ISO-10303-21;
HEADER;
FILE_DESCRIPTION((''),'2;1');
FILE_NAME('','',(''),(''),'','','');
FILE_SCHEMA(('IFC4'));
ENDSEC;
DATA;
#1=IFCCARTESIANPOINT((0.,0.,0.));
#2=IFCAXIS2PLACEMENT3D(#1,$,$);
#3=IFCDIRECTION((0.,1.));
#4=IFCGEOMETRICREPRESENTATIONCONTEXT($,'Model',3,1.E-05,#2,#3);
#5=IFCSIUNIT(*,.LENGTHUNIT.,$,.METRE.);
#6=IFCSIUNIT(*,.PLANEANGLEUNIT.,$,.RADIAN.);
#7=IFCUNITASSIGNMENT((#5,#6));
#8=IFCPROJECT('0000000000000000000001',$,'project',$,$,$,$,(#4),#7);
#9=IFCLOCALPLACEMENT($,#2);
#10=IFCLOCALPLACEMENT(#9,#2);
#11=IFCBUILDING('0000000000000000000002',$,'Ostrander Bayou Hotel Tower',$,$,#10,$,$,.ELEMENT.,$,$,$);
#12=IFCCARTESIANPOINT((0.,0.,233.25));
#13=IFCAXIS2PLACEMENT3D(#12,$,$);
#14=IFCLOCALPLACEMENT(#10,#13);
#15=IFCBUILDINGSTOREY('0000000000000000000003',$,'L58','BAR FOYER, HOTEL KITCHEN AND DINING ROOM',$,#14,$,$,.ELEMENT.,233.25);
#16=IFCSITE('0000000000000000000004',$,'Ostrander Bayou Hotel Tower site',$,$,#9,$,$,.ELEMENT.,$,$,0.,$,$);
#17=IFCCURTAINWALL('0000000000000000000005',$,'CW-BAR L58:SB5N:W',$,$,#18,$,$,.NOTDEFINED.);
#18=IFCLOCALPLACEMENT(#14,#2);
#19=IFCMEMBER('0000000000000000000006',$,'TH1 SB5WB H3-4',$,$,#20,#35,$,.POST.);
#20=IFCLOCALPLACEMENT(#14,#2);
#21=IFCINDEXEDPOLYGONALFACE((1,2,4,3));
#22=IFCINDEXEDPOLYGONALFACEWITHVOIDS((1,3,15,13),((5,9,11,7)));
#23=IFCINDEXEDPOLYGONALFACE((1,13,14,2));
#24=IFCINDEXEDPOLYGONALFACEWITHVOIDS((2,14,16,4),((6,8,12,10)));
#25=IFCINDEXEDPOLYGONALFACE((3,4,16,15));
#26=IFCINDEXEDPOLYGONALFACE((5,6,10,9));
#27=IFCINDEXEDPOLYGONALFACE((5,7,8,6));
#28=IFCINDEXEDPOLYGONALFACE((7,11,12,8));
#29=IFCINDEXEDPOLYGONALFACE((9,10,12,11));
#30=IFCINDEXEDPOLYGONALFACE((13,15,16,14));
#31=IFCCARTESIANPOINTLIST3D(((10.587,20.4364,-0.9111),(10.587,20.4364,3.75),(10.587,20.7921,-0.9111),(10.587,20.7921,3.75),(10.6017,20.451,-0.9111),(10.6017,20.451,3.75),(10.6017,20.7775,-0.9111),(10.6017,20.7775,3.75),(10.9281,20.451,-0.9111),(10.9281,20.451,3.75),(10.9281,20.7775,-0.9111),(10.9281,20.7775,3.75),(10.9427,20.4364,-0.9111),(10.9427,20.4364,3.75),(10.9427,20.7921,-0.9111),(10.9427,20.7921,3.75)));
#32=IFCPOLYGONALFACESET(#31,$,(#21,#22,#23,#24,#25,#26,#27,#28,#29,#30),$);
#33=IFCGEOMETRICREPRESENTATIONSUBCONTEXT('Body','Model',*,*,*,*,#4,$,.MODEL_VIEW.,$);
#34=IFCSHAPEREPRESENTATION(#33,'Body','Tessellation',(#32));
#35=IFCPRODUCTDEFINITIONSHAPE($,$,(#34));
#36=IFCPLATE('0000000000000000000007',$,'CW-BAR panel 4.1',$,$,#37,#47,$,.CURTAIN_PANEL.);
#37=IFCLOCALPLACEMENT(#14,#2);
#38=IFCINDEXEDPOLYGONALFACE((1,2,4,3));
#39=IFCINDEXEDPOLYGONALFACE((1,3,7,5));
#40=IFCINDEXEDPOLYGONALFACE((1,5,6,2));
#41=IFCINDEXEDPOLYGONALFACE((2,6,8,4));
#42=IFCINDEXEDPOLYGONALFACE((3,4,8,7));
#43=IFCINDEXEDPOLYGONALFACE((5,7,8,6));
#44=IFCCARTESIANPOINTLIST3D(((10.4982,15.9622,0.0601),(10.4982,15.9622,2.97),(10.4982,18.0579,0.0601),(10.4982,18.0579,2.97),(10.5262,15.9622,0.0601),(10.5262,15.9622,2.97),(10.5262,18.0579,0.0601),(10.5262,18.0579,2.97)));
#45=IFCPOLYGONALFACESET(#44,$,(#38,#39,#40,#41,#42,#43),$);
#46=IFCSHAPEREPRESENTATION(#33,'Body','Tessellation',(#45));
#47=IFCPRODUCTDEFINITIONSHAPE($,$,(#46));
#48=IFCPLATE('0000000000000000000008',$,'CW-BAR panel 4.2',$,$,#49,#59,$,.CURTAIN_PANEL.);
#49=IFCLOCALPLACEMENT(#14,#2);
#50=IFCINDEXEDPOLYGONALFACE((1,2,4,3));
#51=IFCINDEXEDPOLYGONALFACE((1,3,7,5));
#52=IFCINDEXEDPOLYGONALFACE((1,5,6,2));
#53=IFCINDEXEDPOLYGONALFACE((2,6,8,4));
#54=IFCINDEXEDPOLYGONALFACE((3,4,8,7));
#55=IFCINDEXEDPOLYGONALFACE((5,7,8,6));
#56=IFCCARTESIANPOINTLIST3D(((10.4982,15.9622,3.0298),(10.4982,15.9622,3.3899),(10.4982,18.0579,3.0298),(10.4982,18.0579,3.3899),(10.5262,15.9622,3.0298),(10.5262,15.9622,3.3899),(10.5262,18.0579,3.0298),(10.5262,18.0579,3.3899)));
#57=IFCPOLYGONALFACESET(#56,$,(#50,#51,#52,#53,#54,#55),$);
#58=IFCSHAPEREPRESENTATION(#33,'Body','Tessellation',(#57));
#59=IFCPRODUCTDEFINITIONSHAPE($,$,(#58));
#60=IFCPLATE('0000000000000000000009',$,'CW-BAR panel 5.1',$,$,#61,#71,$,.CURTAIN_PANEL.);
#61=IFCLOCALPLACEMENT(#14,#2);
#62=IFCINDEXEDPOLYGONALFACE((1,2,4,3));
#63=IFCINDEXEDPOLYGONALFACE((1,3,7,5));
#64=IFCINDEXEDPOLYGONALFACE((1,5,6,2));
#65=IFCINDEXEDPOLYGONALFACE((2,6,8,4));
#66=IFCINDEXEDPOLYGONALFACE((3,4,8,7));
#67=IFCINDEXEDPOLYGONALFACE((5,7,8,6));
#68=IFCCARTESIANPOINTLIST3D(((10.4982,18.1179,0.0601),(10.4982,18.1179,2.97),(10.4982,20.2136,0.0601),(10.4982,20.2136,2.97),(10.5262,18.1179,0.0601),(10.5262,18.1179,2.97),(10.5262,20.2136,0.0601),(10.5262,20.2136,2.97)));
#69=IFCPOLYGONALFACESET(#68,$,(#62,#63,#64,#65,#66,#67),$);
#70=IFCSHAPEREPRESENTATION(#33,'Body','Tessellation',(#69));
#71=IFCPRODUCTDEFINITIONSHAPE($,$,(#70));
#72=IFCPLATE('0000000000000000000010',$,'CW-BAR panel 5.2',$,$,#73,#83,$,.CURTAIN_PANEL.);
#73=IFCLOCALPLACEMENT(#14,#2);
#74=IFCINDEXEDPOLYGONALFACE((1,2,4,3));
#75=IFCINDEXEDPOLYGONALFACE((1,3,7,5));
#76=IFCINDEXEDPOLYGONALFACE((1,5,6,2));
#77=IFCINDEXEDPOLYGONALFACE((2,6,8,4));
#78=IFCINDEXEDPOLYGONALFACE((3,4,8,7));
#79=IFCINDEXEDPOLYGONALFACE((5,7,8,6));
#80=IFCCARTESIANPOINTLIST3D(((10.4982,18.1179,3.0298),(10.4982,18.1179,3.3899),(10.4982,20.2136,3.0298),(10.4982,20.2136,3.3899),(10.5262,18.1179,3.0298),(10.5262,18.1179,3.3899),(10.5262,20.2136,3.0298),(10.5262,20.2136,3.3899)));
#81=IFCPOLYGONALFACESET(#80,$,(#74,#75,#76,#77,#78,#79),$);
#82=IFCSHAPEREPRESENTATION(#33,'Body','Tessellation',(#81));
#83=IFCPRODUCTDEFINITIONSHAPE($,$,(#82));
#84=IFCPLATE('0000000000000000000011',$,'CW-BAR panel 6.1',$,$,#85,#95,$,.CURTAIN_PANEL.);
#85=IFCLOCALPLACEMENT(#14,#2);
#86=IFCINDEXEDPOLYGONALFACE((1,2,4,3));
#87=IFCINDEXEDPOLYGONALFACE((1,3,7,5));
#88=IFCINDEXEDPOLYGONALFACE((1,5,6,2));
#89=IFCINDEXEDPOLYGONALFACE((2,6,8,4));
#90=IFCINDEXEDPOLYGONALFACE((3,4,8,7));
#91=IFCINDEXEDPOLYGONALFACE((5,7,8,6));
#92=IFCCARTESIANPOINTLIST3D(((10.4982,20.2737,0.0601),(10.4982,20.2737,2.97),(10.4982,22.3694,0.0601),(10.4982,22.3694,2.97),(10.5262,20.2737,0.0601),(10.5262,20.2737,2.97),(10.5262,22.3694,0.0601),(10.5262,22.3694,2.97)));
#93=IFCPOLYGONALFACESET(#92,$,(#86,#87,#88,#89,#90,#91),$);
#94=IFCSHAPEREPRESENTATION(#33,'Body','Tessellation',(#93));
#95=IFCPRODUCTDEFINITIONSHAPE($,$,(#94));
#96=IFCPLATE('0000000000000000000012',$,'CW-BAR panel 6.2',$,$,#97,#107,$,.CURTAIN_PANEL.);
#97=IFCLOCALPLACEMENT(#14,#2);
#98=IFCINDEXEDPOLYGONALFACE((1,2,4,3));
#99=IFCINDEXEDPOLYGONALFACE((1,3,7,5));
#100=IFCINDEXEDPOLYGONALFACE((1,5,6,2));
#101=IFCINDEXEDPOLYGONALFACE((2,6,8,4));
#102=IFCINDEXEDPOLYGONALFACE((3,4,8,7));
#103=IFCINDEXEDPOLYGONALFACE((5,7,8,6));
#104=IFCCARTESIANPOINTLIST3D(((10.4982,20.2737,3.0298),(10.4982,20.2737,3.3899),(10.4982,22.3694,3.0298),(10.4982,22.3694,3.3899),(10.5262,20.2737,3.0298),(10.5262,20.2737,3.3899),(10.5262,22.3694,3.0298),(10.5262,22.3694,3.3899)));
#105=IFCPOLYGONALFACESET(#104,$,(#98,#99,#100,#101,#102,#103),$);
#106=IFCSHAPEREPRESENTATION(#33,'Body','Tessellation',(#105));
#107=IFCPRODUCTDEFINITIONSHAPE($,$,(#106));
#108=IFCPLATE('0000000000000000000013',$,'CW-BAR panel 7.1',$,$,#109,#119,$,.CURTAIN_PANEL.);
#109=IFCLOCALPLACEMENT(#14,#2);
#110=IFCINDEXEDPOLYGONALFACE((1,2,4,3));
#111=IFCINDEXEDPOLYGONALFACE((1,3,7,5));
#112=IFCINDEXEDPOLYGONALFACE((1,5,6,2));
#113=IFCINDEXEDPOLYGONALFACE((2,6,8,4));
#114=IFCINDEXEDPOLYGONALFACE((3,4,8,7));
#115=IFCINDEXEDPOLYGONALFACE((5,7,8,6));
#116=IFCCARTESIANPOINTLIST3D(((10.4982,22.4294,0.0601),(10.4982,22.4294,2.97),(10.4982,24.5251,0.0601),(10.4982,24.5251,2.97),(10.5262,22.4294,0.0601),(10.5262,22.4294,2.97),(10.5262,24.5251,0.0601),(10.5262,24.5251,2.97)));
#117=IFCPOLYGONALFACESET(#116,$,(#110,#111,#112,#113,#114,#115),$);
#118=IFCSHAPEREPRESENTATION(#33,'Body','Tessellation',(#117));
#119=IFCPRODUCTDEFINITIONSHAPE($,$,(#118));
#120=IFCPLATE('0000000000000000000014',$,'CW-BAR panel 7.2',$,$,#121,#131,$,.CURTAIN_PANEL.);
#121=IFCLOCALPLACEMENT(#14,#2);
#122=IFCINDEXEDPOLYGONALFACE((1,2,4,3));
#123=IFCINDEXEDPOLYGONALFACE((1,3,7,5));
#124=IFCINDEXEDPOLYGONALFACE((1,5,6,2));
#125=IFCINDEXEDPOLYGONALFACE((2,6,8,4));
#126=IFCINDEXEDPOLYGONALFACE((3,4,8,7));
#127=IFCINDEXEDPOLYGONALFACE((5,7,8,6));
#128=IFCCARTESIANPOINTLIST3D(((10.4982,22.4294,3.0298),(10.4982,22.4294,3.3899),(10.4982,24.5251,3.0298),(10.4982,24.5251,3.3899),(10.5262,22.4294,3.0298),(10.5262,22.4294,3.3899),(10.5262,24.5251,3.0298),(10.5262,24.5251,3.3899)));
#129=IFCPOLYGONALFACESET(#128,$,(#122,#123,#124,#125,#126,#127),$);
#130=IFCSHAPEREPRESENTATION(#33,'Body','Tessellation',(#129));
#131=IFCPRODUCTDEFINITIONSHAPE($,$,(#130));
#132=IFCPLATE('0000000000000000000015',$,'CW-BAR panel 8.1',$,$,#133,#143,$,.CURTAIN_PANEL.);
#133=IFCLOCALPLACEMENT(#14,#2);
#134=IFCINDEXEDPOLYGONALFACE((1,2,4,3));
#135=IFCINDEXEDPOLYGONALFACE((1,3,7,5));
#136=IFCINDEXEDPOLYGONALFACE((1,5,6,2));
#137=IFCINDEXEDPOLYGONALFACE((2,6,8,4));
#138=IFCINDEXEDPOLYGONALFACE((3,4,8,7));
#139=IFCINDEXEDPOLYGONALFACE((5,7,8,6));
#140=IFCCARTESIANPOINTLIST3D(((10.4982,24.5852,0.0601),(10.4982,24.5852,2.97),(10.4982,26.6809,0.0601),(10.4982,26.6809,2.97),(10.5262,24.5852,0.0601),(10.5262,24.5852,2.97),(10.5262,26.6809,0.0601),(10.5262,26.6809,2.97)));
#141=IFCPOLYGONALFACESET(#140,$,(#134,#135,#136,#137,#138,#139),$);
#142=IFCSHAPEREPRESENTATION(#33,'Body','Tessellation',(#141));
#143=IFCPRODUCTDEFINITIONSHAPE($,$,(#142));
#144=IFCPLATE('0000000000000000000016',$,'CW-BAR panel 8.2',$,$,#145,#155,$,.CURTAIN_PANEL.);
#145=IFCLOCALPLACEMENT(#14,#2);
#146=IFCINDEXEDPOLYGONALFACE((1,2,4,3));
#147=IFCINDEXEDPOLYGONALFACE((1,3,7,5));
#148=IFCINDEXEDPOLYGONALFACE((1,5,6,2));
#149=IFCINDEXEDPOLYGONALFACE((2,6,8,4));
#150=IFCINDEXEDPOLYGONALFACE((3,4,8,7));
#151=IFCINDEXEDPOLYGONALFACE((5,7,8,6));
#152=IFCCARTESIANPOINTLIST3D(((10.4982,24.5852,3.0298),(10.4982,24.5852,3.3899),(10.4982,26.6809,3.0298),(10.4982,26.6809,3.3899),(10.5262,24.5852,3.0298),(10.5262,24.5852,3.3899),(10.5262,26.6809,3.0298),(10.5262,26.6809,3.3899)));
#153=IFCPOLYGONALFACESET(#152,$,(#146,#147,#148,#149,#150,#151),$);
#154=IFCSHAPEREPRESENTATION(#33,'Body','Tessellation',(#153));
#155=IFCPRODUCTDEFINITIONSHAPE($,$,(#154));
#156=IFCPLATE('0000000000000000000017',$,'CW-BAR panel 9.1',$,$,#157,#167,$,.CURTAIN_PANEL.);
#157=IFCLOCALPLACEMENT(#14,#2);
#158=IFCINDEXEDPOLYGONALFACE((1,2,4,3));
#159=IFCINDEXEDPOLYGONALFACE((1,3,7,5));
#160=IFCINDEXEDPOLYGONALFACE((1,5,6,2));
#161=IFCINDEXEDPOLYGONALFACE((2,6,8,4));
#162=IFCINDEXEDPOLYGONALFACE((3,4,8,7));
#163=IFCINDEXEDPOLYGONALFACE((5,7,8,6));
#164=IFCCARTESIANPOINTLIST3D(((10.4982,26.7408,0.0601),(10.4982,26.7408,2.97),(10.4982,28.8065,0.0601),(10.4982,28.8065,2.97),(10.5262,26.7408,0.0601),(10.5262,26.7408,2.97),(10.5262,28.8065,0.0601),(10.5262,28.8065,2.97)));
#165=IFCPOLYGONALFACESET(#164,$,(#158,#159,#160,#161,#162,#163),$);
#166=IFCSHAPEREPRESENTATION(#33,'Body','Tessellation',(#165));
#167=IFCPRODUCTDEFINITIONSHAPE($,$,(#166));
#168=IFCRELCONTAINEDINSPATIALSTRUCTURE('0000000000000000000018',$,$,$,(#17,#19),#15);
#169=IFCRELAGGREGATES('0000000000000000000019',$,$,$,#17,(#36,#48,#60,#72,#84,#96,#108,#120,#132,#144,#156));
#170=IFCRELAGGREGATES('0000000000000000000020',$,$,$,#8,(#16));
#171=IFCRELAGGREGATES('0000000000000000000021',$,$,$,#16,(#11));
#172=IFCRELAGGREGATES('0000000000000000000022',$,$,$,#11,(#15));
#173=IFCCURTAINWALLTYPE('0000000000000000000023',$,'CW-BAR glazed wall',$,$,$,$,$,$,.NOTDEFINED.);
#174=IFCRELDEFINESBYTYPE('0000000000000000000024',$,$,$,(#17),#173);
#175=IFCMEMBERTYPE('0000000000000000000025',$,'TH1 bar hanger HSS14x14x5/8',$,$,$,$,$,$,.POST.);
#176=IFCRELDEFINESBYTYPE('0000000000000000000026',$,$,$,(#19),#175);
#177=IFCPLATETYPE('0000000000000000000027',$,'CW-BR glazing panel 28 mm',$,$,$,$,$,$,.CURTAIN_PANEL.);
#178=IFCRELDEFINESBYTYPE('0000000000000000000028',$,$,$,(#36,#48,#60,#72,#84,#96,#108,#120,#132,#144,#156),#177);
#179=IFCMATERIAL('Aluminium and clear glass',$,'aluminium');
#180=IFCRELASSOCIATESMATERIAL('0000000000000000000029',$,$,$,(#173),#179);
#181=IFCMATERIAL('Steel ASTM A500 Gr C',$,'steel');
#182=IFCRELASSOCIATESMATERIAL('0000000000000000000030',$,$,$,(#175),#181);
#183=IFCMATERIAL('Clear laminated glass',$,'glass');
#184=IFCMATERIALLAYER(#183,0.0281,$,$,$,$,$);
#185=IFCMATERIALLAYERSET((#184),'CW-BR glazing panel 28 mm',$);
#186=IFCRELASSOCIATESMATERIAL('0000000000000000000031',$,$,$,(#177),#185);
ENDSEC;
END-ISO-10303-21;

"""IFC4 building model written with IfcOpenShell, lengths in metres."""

from ifc_helpers import new_model, si_unit, direction, frame, origin, origin_2d, place, context, subcontext, project, spatial, rectangle, hollow_rectangle, extrude, material, layer, layer_set, material_profile, profile_set, type_object, element, aggregate, save


model = new_model("IFC4")

# Units and contexts
model_context = context("Model", 3, precision=1e-05, world=origin(), true_north=direction((0.0, 1.0)))
body_context = subcontext(model_context, "Body", "Model", "MODEL_VIEW")
ifc_project = project(units=[si_unit("LENGTHUNIT", "METRE"), si_unit("PLANEANGLEUNIT", "RADIAN")], contexts=[model_context])

# Site, building, storey
site_placement = place(None, origin())
site = spatial("IfcSite", under=ifc_project, at=site_placement, Name="Ostrander Bayou Hotel Tower site", CompositionType="ELEMENT", RefElevation=0.0)
building_placement = place(site_placement, origin())
building = spatial("IfcBuilding", under=site, at=building_placement, Name="Ostrander Bayou Hotel Tower", CompositionType="ELEMENT")
storey_placement = place(building_placement, frame((0.0, 0.0, 233.25)))
storey = spatial("IfcBuildingStorey", under=building, at=storey_placement, Name="L58", Description="BAR FOYER, HOTEL KITCHEN AND DINING ROOM", CompositionType="ELEMENT", Elevation=233.25)

# Curtain wall
ifc_material_1 = material(Name="Aluminium and clear glass", Category="aluminium")
curtain_wall_type = type_object("IfcCurtainWallType", Name="CW-BAR glazed wall", PredefinedType="NOTDEFINED", material=ifc_material_1)
curtain_wall_placement = place(storey_placement, origin())
curtain_wall = element("IfcCurtainWall", 1, at=curtain_wall_placement, inside=storey, type_object=curtain_wall_type, Name="CW-BAR L58:SB5N:W", PredefinedType="NOTDEFINED")

# Member
ifc_material_2 = material(Name="Steel ASTM A500 Gr C", Category="steel")
ifc_material_profile_1 = material_profile(ifc_material_2, hollow_rectangle(XDim=0.3557, YDim=0.3557, WallThickness=0.0146, at=origin_2d()))
ifc_profile_set_1 = profile_set([ifc_material_profile_1], Name="Steel ASTM A500 Gr C")
member_type_1 = type_object("IfcMemberType", Name="TH1 bar hanger HSS14x14x5/8", PredefinedType="POST", material=ifc_profile_set_1)
for number, where, z_axis, x_axis, name in (
    (2, (10.7649, 20.6143, -0.9111), (0.0, 0.0, 1.0), (1.0, 0.0, 0.0), "TH1 SB5WB H3-4"),
):
    element("IfcMember", number, at=place(storey_placement, frame(where, z_axis=z_axis, x_axis=x_axis)), inside=storey, type_object=member_type_1, Name=name, PredefinedType="POST", context=body_context, shape_type="SweptSolid", body=[
        extrude(hollow_rectangle(XDim=0.3557, YDim=0.3557, WallThickness=0.0146, at=origin_2d()), origin(), (0.0, 0.0, 1.0), 4.6611),
    ])

# Plates
ifc_material_3 = material(Name="Clear laminated glass", Category="glass")
ifc_layer = layer(ifc_material_3, 0.0281)
ifc_layer_set = layer_set([ifc_layer], Name="CW-BR glazing panel 28 mm")
plate_type = type_object("IfcPlateType", Name="CW-BR glazing panel 28 mm", PredefinedType="CURTAIN_PANEL", material=ifc_layer_set)
plate_1_placement = place(storey_placement, frame((10.5122, 17.01, 0.0601), z_axis=(0.0, 0.0, 1.0), x_axis=(0.0, 1.0, 0.0)))
plate_1 = element("IfcPlate", 3, at=plate_1_placement, type_object=plate_type, Name="CW-BAR panel 4.1", PredefinedType="CURTAIN_PANEL", context=body_context, shape_type="SweptSolid", body=[
    extrude(rectangle(XDim=2.0957, YDim=0.0281, at=origin_2d()), origin(), (0.0, 0.0, 1.0), 2.9099),
])
plate_2_placement = place(storey_placement, frame((10.5122, 17.01, 3.0298), z_axis=(0.0, 0.0, 1.0), x_axis=(0.0, 1.0, 0.0)))
plate_2 = element("IfcPlate", 4, at=plate_2_placement, type_object=plate_type, Name="CW-BAR panel 4.2", PredefinedType="CURTAIN_PANEL", context=body_context, shape_type="SweptSolid", body=[
    extrude(rectangle(XDim=2.0957, YDim=0.0281, at=origin_2d()), origin(), (0.0, 0.0, 1.0), 0.3601),
])
plate_3_placement = place(storey_placement, frame((10.5122, 19.1658, 0.0601), z_axis=(0.0, 0.0, 1.0), x_axis=(0.0, 1.0, 0.0)))
plate_3 = element("IfcPlate", 5, at=plate_3_placement, type_object=plate_type, Name="CW-BAR panel 5.1", PredefinedType="CURTAIN_PANEL", context=body_context, shape_type="SweptSolid", body=[
    extrude(rectangle(XDim=2.0957, YDim=0.0281, at=origin_2d()), origin(), (0.0, 0.0, 1.0), 2.9099),
])
plate_4_placement = place(storey_placement, frame((10.5122, 19.1658, 3.0298), z_axis=(0.0, 0.0, 1.0), x_axis=(0.0, 1.0, 0.0)))
plate_4 = element("IfcPlate", 6, at=plate_4_placement, type_object=plate_type, Name="CW-BAR panel 5.2", PredefinedType="CURTAIN_PANEL", context=body_context, shape_type="SweptSolid", body=[
    extrude(rectangle(XDim=2.0957, YDim=0.0281, at=origin_2d()), origin(), (0.0, 0.0, 1.0), 0.3601),
])
plate_5_placement = place(storey_placement, frame((10.5122, 21.3215, 0.0601), z_axis=(0.0, 0.0, 1.0), x_axis=(0.0, 1.0, 0.0)))
plate_5 = element("IfcPlate", 7, at=plate_5_placement, type_object=plate_type, Name="CW-BAR panel 6.1", PredefinedType="CURTAIN_PANEL", context=body_context, shape_type="SweptSolid", body=[
    extrude(rectangle(XDim=2.0957, YDim=0.0281, at=origin_2d()), origin(), (0.0, 0.0, 1.0), 2.9099),
])
plate_6_placement = place(storey_placement, frame((10.5122, 21.3215, 3.0298), z_axis=(0.0, 0.0, 1.0), x_axis=(0.0, 1.0, 0.0)))
plate_6 = element("IfcPlate", 8, at=plate_6_placement, type_object=plate_type, Name="CW-BAR panel 6.2", PredefinedType="CURTAIN_PANEL", context=body_context, shape_type="SweptSolid", body=[
    extrude(rectangle(XDim=2.0957, YDim=0.0281, at=origin_2d()), origin(), (0.0, 0.0, 1.0), 0.3601),
])
plate_7_placement = place(storey_placement, frame((10.5122, 23.4773, 0.0601), z_axis=(0.0, 0.0, 1.0), x_axis=(0.0, 1.0, 0.0)))
plate_7 = element("IfcPlate", 9, at=plate_7_placement, type_object=plate_type, Name="CW-BAR panel 7.1", PredefinedType="CURTAIN_PANEL", context=body_context, shape_type="SweptSolid", body=[
    extrude(rectangle(XDim=2.0957, YDim=0.0281, at=origin_2d()), origin(), (0.0, 0.0, 1.0), 2.9099),
])
plate_8_placement = place(storey_placement, frame((10.5122, 23.4773, 3.0298), z_axis=(0.0, 0.0, 1.0), x_axis=(0.0, 1.0, 0.0)))
plate_8 = element("IfcPlate", 10, at=plate_8_placement, type_object=plate_type, Name="CW-BAR panel 7.2", PredefinedType="CURTAIN_PANEL", context=body_context, shape_type="SweptSolid", body=[
    extrude(rectangle(XDim=2.0957, YDim=0.0281, at=origin_2d()), origin(), (0.0, 0.0, 1.0), 0.3601),
])
plate_9_placement = place(storey_placement, frame((10.5122, 25.6331, 0.0601), z_axis=(0.0, 0.0, 1.0), x_axis=(0.0, 1.0, 0.0)))
plate_9 = element("IfcPlate", 11, at=plate_9_placement, type_object=plate_type, Name="CW-BAR panel 8.1", PredefinedType="CURTAIN_PANEL", context=body_context, shape_type="SweptSolid", body=[
    extrude(rectangle(XDim=2.0957, YDim=0.0281, at=origin_2d()), origin(), (0.0, 0.0, 1.0), 2.9099),
])
plate_10_placement = place(storey_placement, frame((10.5122, 25.6331, 3.0298), z_axis=(0.0, 0.0, 1.0), x_axis=(0.0, 1.0, 0.0)))
plate_10 = element("IfcPlate", 12, at=plate_10_placement, type_object=plate_type, Name="CW-BAR panel 8.2", PredefinedType="CURTAIN_PANEL", context=body_context, shape_type="SweptSolid", body=[
    extrude(rectangle(XDim=2.0957, YDim=0.0281, at=origin_2d()), origin(), (0.0, 0.0, 1.0), 0.3601),
])
plate_11_placement = place(storey_placement, frame((10.5122, 27.7737, 0.0601), z_axis=(0.0, 0.0, 1.0), x_axis=(0.0, 1.0, 0.0)))
plate_11 = element("IfcPlate", 13, at=plate_11_placement, type_object=plate_type, Name="CW-BAR panel 9.1", PredefinedType="CURTAIN_PANEL", context=body_context, shape_type="SweptSolid", body=[
    extrude(rectangle(XDim=2.0657, YDim=0.0281, at=origin_2d()), origin(), (0.0, 0.0, 1.0), 2.9099),
])
aggregate(curtain_wall, [plate_1, plate_2, plate_3, plate_4, plate_5, plate_6, plate_7, plate_8, plate_9, plate_10, plate_11])

save(model, "model.ifc")
